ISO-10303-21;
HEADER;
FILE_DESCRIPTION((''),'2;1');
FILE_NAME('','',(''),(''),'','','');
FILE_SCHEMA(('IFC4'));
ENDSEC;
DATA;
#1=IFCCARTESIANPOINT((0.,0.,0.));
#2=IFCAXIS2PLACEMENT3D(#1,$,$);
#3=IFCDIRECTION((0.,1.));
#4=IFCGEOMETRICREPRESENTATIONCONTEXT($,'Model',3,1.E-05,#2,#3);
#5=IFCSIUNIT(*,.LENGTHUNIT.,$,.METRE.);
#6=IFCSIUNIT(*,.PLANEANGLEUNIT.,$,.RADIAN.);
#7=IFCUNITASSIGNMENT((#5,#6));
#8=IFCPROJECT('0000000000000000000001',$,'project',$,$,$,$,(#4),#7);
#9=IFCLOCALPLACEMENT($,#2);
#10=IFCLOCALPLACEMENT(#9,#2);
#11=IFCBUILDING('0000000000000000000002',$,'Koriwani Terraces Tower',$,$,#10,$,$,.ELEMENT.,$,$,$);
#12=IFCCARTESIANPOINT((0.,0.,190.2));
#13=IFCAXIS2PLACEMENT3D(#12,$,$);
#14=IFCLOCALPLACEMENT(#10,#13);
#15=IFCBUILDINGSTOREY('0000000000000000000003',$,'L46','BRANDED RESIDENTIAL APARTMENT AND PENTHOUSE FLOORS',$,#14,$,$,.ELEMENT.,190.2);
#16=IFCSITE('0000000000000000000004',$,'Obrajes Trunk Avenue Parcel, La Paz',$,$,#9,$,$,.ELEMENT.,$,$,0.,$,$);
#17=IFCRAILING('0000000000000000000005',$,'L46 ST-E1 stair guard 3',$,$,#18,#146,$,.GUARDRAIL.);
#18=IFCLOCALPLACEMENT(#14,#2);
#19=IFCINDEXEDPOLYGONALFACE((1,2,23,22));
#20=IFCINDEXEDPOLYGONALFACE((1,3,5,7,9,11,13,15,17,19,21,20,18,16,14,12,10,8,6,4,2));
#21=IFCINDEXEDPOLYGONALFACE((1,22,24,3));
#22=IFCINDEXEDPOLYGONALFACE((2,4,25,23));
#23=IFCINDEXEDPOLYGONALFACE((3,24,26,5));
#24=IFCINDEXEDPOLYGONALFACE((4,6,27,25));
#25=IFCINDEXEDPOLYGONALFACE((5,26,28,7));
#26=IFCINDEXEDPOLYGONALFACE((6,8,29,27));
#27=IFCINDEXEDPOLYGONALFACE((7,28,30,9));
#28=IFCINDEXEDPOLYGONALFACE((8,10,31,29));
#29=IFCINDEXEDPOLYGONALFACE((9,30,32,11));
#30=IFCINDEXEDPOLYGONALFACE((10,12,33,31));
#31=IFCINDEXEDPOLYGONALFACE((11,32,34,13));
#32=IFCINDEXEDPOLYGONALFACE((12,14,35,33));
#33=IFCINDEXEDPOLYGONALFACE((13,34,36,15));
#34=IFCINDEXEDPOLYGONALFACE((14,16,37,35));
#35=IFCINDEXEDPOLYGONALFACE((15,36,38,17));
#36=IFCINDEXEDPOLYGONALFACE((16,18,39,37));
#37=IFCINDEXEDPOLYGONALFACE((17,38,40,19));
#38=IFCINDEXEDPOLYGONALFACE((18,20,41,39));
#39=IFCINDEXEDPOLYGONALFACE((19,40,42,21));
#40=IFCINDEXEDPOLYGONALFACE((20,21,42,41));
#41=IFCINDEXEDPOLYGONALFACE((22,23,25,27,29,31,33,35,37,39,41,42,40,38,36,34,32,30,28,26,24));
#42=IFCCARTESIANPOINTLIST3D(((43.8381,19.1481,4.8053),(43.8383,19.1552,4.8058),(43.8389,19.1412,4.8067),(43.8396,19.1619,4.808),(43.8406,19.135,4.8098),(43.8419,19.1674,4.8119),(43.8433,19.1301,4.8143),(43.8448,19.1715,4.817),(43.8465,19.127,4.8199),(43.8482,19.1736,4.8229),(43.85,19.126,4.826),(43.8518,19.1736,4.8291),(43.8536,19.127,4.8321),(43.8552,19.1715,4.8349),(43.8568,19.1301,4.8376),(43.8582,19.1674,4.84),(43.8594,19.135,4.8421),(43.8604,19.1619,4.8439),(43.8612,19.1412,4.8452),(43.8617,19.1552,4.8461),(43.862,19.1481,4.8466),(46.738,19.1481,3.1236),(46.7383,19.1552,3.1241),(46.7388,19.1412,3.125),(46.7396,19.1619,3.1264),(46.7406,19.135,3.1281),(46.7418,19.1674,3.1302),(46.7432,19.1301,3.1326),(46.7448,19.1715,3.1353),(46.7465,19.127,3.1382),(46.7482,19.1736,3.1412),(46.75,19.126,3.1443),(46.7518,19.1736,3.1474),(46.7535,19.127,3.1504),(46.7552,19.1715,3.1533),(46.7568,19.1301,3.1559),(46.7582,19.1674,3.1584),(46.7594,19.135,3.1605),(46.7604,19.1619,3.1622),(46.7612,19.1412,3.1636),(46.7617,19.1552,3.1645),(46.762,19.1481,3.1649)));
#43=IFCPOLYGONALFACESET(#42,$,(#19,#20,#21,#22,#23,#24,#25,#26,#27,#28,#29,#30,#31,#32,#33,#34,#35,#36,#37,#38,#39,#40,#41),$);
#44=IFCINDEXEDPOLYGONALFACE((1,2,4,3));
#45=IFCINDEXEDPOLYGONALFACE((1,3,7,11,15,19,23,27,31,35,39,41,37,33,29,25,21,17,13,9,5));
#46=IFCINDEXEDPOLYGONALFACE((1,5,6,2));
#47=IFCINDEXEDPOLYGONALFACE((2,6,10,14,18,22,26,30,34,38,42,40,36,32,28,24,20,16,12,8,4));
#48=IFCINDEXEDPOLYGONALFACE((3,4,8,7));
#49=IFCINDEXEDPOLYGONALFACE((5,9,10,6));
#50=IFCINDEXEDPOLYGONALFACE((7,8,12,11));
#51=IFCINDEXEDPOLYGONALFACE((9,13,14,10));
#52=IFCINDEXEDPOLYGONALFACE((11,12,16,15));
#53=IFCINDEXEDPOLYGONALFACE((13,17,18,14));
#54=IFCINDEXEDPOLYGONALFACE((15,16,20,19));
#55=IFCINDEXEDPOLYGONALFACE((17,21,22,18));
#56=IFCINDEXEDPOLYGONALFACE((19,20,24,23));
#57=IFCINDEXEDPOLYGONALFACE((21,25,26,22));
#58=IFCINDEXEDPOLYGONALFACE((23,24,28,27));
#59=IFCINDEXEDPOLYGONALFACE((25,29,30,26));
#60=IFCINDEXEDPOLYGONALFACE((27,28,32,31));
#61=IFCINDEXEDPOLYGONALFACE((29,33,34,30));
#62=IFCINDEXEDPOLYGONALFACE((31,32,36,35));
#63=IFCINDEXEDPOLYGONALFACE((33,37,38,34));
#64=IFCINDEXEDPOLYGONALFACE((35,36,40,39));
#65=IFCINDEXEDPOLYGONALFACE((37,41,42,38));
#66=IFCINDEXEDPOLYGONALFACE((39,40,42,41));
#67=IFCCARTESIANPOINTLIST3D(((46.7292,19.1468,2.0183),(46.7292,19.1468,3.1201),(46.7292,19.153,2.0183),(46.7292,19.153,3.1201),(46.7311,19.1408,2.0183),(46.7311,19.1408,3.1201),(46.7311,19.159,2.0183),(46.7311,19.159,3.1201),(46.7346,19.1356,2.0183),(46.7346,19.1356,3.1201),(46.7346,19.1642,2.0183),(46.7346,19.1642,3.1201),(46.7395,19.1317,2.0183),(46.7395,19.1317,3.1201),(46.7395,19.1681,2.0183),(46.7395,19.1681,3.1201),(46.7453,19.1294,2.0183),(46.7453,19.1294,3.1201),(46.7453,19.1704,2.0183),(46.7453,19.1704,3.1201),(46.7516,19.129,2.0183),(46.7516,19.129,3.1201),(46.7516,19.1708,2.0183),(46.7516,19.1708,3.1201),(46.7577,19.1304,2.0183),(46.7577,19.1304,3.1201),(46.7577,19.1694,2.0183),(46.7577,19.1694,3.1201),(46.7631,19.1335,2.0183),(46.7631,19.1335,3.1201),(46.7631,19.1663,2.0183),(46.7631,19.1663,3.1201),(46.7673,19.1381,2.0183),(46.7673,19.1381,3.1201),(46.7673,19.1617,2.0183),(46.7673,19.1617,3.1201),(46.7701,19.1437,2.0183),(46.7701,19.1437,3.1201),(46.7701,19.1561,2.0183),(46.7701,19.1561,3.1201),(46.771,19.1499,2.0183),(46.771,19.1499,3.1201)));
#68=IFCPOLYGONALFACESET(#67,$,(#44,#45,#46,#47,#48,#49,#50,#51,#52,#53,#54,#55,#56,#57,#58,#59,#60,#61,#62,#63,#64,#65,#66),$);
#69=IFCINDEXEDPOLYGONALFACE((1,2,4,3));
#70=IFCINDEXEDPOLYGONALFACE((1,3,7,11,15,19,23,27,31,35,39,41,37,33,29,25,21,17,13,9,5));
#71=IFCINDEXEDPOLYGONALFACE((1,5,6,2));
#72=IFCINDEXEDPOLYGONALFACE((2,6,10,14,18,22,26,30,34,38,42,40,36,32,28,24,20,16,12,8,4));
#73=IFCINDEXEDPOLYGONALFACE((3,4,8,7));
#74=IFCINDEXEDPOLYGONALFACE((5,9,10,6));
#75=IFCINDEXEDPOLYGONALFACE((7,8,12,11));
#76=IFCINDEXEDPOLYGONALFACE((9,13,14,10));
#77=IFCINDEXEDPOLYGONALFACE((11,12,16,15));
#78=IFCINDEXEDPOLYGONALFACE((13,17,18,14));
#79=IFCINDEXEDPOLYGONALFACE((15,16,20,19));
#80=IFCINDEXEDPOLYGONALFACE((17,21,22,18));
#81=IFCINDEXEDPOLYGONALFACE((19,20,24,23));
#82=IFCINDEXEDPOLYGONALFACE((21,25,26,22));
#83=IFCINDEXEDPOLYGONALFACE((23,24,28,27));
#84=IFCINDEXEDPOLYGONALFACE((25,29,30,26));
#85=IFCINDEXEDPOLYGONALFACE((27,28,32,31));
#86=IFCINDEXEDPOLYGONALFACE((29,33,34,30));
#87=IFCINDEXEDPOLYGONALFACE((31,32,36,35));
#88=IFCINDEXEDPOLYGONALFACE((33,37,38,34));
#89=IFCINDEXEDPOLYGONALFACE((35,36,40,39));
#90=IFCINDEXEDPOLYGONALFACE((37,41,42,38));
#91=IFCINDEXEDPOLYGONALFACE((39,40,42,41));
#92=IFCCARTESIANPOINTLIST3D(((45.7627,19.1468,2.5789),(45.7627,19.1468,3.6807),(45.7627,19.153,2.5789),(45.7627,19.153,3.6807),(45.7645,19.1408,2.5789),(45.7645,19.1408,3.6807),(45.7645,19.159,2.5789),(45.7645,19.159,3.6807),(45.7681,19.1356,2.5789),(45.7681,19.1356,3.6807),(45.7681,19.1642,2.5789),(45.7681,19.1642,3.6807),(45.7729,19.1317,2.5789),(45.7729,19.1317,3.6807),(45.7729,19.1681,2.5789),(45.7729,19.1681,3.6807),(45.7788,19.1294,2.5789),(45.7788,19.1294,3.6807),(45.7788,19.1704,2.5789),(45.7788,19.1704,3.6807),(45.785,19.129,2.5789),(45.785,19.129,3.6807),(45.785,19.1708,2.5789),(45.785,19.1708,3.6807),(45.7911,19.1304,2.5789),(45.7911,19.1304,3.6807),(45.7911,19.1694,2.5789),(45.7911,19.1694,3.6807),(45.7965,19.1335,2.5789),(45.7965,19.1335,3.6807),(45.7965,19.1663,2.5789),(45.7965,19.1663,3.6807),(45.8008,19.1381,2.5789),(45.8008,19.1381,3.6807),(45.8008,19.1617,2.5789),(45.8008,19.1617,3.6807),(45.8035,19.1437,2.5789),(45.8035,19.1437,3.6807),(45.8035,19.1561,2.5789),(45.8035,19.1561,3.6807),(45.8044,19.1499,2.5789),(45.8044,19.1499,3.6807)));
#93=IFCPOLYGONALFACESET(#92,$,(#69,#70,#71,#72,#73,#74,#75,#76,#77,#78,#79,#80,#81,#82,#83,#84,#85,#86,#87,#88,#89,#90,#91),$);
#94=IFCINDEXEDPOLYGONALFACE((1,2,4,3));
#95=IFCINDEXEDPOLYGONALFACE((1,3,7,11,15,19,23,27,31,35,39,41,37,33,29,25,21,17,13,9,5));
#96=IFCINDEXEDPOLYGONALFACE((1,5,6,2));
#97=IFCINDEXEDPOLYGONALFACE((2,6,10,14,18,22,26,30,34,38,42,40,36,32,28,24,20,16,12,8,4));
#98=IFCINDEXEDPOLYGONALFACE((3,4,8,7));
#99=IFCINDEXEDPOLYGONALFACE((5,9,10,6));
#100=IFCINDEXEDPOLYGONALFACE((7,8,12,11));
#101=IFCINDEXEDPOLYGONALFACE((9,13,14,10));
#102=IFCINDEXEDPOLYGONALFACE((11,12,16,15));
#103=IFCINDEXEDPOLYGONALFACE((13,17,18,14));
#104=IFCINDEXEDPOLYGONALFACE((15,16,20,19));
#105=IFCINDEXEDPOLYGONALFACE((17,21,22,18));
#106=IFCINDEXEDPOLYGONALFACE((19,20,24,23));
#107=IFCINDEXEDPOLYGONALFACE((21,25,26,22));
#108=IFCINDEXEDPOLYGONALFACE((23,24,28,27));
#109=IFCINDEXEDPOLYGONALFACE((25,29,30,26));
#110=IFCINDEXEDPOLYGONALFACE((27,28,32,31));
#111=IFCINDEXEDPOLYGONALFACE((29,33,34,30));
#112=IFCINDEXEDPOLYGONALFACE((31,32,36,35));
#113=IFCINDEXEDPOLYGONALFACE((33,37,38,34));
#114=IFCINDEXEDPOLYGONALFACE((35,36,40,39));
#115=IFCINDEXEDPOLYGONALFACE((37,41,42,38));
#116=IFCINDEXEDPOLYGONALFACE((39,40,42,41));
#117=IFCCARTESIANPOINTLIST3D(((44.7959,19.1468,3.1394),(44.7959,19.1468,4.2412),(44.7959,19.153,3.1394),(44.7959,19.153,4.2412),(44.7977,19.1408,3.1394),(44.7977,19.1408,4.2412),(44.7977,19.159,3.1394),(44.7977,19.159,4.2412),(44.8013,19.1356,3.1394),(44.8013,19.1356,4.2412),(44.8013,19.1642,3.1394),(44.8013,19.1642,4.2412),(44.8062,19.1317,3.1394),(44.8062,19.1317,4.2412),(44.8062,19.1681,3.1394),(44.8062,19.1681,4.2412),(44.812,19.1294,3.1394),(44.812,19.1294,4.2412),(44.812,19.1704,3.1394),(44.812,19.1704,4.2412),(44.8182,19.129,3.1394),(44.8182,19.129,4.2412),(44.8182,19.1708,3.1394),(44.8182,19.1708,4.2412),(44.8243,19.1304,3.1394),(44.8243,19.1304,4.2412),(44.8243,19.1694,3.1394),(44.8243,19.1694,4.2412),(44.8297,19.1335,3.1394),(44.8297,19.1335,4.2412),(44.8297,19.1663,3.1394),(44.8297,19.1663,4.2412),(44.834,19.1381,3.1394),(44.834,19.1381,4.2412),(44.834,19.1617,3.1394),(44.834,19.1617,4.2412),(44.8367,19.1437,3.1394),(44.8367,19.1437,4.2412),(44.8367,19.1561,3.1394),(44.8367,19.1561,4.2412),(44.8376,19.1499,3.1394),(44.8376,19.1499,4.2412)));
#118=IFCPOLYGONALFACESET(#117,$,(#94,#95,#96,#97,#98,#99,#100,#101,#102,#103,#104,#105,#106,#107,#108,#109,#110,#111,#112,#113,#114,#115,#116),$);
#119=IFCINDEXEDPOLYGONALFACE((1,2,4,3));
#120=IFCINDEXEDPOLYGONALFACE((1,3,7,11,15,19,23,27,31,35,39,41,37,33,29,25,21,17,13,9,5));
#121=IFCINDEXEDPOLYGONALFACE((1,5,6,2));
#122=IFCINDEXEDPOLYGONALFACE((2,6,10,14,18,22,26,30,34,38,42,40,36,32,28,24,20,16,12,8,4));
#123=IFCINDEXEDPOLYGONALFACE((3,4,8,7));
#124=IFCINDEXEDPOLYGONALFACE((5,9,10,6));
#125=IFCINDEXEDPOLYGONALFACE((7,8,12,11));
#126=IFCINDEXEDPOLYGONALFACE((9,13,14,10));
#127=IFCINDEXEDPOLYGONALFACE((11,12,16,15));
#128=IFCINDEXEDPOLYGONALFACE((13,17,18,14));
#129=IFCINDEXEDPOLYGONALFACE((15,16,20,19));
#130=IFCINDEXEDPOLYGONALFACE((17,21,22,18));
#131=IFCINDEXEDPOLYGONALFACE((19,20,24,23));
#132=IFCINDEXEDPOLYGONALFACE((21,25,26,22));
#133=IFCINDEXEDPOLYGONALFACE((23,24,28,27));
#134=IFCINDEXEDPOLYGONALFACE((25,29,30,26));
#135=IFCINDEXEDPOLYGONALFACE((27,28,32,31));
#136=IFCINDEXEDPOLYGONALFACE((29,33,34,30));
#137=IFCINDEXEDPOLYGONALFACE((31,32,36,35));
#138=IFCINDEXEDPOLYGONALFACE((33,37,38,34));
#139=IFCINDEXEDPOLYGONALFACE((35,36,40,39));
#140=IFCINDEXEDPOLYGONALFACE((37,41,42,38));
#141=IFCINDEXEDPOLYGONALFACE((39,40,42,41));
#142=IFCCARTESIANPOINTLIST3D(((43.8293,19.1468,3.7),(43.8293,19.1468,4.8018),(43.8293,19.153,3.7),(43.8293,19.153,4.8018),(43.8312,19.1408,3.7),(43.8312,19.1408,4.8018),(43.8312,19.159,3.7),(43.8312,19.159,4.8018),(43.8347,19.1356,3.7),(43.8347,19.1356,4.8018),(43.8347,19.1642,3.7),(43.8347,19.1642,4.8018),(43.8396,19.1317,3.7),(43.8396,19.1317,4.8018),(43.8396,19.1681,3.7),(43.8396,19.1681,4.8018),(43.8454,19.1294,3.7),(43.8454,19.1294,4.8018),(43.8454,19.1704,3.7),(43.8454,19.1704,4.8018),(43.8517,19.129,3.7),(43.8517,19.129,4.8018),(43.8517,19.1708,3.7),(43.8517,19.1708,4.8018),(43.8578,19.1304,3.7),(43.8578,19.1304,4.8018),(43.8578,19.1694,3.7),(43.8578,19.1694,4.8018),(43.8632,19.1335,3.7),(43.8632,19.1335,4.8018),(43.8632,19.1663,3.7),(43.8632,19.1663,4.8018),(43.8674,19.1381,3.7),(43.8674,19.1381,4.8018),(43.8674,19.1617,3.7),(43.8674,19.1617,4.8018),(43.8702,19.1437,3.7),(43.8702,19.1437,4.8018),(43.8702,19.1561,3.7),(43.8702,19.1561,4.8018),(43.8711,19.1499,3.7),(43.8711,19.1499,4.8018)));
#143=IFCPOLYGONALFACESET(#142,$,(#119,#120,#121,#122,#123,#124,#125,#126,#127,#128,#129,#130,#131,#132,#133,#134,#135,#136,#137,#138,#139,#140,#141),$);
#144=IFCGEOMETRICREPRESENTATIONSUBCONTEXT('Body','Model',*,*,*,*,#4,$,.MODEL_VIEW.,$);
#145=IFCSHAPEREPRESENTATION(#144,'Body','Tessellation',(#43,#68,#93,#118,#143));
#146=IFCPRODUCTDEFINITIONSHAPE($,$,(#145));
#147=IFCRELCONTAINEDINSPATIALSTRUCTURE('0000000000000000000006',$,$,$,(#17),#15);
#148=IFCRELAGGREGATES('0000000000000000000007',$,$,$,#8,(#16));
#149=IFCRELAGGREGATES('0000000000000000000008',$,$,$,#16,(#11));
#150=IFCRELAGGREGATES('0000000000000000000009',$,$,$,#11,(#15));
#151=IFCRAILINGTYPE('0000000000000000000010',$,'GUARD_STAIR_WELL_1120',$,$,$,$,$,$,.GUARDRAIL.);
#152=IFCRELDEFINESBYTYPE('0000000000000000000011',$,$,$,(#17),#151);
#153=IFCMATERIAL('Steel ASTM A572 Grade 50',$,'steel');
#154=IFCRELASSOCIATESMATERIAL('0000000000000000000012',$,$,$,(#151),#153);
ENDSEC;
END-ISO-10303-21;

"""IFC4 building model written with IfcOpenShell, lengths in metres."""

from ifc_helpers import new_model, si_unit, direction, frame, origin, origin_2d, place, context, subcontext, project, spatial, circle, extrude, material, type_object, element, save


model = new_model("IFC4")

# Units and contexts
model_context = context("Model", 3, precision=1e-05, world=origin(), true_north=direction((0.0, 1.0)))
body_context = subcontext(model_context, "Body", "Model", "MODEL_VIEW")
ifc_project = project(units=[si_unit("LENGTHUNIT", "METRE"), si_unit("PLANEANGLEUNIT", "RADIAN")], contexts=[model_context])

# Site, building, storey
site_placement = place(None, origin())
site = spatial("IfcSite", under=ifc_project, at=site_placement, Name="Obrajes Trunk Avenue Parcel, La Paz", CompositionType="ELEMENT", RefElevation=0.0)
building_placement = place(site_placement, origin())
building = spatial("IfcBuilding", under=site, at=building_placement, Name="Koriwani Terraces Tower", CompositionType="ELEMENT")
storey_placement = place(building_placement, frame((0.0, 0.0, 190.2)))
storey = spatial("IfcBuildingStorey", under=building, at=storey_placement, Name="L46", Description="BRANDED RESIDENTIAL APARTMENT AND PENTHOUSE FLOORS", CompositionType="ELEMENT", Elevation=190.2)

# Shared definitions
ifc_material_1 = material(Name="Steel ASTM A572 Grade 50", Category="steel")

# Railing
railing_type_1 = type_object("IfcRailingType", Name="GUARD_STAIR_WELL_1120", PredefinedType="GUARDRAIL", material=ifc_material_1)
railing_1_placement = place(storey_placement, frame((46.75, 19.1499, 2.0183)))
element("IfcRailing", 1, at=railing_1_placement, inside=storey, type_object=railing_type_1, Name="L46 ST-E1 stair guard 3", PredefinedType="GUARDRAIL", context=body_context, shape_type="SweptSolid", body=[
    extrude(circle(Radius=0.0239, at=origin_2d()), frame((0.0, 0.0, 1.126), z_axis=(-0.86507, 0.0, 0.501651), x_axis=(0.0, -1.0, 0.0)), (0.0, 0.0, 1.0), 3.3523),
    extrude(circle(Radius=0.021, at=origin_2d()), origin(), (0.0, 0.0, 1.0), 1.1018),
    extrude(circle(Radius=0.021, at=origin_2d()), frame((-0.9666, 0.0, 0.5605)), (0.0, 0.0, 1.0), 1.1018),
    extrude(circle(Radius=0.021, at=origin_2d()), frame((-1.9333, 0.0, 1.1211)), (0.0, 0.0, 1.0), 1.1018),
    extrude(circle(Radius=0.021, at=origin_2d()), frame((-2.8999, 0.0, 1.6816)), (0.0, 0.0, 1.0), 1.1018),
])

save(model, "model.ifc")
